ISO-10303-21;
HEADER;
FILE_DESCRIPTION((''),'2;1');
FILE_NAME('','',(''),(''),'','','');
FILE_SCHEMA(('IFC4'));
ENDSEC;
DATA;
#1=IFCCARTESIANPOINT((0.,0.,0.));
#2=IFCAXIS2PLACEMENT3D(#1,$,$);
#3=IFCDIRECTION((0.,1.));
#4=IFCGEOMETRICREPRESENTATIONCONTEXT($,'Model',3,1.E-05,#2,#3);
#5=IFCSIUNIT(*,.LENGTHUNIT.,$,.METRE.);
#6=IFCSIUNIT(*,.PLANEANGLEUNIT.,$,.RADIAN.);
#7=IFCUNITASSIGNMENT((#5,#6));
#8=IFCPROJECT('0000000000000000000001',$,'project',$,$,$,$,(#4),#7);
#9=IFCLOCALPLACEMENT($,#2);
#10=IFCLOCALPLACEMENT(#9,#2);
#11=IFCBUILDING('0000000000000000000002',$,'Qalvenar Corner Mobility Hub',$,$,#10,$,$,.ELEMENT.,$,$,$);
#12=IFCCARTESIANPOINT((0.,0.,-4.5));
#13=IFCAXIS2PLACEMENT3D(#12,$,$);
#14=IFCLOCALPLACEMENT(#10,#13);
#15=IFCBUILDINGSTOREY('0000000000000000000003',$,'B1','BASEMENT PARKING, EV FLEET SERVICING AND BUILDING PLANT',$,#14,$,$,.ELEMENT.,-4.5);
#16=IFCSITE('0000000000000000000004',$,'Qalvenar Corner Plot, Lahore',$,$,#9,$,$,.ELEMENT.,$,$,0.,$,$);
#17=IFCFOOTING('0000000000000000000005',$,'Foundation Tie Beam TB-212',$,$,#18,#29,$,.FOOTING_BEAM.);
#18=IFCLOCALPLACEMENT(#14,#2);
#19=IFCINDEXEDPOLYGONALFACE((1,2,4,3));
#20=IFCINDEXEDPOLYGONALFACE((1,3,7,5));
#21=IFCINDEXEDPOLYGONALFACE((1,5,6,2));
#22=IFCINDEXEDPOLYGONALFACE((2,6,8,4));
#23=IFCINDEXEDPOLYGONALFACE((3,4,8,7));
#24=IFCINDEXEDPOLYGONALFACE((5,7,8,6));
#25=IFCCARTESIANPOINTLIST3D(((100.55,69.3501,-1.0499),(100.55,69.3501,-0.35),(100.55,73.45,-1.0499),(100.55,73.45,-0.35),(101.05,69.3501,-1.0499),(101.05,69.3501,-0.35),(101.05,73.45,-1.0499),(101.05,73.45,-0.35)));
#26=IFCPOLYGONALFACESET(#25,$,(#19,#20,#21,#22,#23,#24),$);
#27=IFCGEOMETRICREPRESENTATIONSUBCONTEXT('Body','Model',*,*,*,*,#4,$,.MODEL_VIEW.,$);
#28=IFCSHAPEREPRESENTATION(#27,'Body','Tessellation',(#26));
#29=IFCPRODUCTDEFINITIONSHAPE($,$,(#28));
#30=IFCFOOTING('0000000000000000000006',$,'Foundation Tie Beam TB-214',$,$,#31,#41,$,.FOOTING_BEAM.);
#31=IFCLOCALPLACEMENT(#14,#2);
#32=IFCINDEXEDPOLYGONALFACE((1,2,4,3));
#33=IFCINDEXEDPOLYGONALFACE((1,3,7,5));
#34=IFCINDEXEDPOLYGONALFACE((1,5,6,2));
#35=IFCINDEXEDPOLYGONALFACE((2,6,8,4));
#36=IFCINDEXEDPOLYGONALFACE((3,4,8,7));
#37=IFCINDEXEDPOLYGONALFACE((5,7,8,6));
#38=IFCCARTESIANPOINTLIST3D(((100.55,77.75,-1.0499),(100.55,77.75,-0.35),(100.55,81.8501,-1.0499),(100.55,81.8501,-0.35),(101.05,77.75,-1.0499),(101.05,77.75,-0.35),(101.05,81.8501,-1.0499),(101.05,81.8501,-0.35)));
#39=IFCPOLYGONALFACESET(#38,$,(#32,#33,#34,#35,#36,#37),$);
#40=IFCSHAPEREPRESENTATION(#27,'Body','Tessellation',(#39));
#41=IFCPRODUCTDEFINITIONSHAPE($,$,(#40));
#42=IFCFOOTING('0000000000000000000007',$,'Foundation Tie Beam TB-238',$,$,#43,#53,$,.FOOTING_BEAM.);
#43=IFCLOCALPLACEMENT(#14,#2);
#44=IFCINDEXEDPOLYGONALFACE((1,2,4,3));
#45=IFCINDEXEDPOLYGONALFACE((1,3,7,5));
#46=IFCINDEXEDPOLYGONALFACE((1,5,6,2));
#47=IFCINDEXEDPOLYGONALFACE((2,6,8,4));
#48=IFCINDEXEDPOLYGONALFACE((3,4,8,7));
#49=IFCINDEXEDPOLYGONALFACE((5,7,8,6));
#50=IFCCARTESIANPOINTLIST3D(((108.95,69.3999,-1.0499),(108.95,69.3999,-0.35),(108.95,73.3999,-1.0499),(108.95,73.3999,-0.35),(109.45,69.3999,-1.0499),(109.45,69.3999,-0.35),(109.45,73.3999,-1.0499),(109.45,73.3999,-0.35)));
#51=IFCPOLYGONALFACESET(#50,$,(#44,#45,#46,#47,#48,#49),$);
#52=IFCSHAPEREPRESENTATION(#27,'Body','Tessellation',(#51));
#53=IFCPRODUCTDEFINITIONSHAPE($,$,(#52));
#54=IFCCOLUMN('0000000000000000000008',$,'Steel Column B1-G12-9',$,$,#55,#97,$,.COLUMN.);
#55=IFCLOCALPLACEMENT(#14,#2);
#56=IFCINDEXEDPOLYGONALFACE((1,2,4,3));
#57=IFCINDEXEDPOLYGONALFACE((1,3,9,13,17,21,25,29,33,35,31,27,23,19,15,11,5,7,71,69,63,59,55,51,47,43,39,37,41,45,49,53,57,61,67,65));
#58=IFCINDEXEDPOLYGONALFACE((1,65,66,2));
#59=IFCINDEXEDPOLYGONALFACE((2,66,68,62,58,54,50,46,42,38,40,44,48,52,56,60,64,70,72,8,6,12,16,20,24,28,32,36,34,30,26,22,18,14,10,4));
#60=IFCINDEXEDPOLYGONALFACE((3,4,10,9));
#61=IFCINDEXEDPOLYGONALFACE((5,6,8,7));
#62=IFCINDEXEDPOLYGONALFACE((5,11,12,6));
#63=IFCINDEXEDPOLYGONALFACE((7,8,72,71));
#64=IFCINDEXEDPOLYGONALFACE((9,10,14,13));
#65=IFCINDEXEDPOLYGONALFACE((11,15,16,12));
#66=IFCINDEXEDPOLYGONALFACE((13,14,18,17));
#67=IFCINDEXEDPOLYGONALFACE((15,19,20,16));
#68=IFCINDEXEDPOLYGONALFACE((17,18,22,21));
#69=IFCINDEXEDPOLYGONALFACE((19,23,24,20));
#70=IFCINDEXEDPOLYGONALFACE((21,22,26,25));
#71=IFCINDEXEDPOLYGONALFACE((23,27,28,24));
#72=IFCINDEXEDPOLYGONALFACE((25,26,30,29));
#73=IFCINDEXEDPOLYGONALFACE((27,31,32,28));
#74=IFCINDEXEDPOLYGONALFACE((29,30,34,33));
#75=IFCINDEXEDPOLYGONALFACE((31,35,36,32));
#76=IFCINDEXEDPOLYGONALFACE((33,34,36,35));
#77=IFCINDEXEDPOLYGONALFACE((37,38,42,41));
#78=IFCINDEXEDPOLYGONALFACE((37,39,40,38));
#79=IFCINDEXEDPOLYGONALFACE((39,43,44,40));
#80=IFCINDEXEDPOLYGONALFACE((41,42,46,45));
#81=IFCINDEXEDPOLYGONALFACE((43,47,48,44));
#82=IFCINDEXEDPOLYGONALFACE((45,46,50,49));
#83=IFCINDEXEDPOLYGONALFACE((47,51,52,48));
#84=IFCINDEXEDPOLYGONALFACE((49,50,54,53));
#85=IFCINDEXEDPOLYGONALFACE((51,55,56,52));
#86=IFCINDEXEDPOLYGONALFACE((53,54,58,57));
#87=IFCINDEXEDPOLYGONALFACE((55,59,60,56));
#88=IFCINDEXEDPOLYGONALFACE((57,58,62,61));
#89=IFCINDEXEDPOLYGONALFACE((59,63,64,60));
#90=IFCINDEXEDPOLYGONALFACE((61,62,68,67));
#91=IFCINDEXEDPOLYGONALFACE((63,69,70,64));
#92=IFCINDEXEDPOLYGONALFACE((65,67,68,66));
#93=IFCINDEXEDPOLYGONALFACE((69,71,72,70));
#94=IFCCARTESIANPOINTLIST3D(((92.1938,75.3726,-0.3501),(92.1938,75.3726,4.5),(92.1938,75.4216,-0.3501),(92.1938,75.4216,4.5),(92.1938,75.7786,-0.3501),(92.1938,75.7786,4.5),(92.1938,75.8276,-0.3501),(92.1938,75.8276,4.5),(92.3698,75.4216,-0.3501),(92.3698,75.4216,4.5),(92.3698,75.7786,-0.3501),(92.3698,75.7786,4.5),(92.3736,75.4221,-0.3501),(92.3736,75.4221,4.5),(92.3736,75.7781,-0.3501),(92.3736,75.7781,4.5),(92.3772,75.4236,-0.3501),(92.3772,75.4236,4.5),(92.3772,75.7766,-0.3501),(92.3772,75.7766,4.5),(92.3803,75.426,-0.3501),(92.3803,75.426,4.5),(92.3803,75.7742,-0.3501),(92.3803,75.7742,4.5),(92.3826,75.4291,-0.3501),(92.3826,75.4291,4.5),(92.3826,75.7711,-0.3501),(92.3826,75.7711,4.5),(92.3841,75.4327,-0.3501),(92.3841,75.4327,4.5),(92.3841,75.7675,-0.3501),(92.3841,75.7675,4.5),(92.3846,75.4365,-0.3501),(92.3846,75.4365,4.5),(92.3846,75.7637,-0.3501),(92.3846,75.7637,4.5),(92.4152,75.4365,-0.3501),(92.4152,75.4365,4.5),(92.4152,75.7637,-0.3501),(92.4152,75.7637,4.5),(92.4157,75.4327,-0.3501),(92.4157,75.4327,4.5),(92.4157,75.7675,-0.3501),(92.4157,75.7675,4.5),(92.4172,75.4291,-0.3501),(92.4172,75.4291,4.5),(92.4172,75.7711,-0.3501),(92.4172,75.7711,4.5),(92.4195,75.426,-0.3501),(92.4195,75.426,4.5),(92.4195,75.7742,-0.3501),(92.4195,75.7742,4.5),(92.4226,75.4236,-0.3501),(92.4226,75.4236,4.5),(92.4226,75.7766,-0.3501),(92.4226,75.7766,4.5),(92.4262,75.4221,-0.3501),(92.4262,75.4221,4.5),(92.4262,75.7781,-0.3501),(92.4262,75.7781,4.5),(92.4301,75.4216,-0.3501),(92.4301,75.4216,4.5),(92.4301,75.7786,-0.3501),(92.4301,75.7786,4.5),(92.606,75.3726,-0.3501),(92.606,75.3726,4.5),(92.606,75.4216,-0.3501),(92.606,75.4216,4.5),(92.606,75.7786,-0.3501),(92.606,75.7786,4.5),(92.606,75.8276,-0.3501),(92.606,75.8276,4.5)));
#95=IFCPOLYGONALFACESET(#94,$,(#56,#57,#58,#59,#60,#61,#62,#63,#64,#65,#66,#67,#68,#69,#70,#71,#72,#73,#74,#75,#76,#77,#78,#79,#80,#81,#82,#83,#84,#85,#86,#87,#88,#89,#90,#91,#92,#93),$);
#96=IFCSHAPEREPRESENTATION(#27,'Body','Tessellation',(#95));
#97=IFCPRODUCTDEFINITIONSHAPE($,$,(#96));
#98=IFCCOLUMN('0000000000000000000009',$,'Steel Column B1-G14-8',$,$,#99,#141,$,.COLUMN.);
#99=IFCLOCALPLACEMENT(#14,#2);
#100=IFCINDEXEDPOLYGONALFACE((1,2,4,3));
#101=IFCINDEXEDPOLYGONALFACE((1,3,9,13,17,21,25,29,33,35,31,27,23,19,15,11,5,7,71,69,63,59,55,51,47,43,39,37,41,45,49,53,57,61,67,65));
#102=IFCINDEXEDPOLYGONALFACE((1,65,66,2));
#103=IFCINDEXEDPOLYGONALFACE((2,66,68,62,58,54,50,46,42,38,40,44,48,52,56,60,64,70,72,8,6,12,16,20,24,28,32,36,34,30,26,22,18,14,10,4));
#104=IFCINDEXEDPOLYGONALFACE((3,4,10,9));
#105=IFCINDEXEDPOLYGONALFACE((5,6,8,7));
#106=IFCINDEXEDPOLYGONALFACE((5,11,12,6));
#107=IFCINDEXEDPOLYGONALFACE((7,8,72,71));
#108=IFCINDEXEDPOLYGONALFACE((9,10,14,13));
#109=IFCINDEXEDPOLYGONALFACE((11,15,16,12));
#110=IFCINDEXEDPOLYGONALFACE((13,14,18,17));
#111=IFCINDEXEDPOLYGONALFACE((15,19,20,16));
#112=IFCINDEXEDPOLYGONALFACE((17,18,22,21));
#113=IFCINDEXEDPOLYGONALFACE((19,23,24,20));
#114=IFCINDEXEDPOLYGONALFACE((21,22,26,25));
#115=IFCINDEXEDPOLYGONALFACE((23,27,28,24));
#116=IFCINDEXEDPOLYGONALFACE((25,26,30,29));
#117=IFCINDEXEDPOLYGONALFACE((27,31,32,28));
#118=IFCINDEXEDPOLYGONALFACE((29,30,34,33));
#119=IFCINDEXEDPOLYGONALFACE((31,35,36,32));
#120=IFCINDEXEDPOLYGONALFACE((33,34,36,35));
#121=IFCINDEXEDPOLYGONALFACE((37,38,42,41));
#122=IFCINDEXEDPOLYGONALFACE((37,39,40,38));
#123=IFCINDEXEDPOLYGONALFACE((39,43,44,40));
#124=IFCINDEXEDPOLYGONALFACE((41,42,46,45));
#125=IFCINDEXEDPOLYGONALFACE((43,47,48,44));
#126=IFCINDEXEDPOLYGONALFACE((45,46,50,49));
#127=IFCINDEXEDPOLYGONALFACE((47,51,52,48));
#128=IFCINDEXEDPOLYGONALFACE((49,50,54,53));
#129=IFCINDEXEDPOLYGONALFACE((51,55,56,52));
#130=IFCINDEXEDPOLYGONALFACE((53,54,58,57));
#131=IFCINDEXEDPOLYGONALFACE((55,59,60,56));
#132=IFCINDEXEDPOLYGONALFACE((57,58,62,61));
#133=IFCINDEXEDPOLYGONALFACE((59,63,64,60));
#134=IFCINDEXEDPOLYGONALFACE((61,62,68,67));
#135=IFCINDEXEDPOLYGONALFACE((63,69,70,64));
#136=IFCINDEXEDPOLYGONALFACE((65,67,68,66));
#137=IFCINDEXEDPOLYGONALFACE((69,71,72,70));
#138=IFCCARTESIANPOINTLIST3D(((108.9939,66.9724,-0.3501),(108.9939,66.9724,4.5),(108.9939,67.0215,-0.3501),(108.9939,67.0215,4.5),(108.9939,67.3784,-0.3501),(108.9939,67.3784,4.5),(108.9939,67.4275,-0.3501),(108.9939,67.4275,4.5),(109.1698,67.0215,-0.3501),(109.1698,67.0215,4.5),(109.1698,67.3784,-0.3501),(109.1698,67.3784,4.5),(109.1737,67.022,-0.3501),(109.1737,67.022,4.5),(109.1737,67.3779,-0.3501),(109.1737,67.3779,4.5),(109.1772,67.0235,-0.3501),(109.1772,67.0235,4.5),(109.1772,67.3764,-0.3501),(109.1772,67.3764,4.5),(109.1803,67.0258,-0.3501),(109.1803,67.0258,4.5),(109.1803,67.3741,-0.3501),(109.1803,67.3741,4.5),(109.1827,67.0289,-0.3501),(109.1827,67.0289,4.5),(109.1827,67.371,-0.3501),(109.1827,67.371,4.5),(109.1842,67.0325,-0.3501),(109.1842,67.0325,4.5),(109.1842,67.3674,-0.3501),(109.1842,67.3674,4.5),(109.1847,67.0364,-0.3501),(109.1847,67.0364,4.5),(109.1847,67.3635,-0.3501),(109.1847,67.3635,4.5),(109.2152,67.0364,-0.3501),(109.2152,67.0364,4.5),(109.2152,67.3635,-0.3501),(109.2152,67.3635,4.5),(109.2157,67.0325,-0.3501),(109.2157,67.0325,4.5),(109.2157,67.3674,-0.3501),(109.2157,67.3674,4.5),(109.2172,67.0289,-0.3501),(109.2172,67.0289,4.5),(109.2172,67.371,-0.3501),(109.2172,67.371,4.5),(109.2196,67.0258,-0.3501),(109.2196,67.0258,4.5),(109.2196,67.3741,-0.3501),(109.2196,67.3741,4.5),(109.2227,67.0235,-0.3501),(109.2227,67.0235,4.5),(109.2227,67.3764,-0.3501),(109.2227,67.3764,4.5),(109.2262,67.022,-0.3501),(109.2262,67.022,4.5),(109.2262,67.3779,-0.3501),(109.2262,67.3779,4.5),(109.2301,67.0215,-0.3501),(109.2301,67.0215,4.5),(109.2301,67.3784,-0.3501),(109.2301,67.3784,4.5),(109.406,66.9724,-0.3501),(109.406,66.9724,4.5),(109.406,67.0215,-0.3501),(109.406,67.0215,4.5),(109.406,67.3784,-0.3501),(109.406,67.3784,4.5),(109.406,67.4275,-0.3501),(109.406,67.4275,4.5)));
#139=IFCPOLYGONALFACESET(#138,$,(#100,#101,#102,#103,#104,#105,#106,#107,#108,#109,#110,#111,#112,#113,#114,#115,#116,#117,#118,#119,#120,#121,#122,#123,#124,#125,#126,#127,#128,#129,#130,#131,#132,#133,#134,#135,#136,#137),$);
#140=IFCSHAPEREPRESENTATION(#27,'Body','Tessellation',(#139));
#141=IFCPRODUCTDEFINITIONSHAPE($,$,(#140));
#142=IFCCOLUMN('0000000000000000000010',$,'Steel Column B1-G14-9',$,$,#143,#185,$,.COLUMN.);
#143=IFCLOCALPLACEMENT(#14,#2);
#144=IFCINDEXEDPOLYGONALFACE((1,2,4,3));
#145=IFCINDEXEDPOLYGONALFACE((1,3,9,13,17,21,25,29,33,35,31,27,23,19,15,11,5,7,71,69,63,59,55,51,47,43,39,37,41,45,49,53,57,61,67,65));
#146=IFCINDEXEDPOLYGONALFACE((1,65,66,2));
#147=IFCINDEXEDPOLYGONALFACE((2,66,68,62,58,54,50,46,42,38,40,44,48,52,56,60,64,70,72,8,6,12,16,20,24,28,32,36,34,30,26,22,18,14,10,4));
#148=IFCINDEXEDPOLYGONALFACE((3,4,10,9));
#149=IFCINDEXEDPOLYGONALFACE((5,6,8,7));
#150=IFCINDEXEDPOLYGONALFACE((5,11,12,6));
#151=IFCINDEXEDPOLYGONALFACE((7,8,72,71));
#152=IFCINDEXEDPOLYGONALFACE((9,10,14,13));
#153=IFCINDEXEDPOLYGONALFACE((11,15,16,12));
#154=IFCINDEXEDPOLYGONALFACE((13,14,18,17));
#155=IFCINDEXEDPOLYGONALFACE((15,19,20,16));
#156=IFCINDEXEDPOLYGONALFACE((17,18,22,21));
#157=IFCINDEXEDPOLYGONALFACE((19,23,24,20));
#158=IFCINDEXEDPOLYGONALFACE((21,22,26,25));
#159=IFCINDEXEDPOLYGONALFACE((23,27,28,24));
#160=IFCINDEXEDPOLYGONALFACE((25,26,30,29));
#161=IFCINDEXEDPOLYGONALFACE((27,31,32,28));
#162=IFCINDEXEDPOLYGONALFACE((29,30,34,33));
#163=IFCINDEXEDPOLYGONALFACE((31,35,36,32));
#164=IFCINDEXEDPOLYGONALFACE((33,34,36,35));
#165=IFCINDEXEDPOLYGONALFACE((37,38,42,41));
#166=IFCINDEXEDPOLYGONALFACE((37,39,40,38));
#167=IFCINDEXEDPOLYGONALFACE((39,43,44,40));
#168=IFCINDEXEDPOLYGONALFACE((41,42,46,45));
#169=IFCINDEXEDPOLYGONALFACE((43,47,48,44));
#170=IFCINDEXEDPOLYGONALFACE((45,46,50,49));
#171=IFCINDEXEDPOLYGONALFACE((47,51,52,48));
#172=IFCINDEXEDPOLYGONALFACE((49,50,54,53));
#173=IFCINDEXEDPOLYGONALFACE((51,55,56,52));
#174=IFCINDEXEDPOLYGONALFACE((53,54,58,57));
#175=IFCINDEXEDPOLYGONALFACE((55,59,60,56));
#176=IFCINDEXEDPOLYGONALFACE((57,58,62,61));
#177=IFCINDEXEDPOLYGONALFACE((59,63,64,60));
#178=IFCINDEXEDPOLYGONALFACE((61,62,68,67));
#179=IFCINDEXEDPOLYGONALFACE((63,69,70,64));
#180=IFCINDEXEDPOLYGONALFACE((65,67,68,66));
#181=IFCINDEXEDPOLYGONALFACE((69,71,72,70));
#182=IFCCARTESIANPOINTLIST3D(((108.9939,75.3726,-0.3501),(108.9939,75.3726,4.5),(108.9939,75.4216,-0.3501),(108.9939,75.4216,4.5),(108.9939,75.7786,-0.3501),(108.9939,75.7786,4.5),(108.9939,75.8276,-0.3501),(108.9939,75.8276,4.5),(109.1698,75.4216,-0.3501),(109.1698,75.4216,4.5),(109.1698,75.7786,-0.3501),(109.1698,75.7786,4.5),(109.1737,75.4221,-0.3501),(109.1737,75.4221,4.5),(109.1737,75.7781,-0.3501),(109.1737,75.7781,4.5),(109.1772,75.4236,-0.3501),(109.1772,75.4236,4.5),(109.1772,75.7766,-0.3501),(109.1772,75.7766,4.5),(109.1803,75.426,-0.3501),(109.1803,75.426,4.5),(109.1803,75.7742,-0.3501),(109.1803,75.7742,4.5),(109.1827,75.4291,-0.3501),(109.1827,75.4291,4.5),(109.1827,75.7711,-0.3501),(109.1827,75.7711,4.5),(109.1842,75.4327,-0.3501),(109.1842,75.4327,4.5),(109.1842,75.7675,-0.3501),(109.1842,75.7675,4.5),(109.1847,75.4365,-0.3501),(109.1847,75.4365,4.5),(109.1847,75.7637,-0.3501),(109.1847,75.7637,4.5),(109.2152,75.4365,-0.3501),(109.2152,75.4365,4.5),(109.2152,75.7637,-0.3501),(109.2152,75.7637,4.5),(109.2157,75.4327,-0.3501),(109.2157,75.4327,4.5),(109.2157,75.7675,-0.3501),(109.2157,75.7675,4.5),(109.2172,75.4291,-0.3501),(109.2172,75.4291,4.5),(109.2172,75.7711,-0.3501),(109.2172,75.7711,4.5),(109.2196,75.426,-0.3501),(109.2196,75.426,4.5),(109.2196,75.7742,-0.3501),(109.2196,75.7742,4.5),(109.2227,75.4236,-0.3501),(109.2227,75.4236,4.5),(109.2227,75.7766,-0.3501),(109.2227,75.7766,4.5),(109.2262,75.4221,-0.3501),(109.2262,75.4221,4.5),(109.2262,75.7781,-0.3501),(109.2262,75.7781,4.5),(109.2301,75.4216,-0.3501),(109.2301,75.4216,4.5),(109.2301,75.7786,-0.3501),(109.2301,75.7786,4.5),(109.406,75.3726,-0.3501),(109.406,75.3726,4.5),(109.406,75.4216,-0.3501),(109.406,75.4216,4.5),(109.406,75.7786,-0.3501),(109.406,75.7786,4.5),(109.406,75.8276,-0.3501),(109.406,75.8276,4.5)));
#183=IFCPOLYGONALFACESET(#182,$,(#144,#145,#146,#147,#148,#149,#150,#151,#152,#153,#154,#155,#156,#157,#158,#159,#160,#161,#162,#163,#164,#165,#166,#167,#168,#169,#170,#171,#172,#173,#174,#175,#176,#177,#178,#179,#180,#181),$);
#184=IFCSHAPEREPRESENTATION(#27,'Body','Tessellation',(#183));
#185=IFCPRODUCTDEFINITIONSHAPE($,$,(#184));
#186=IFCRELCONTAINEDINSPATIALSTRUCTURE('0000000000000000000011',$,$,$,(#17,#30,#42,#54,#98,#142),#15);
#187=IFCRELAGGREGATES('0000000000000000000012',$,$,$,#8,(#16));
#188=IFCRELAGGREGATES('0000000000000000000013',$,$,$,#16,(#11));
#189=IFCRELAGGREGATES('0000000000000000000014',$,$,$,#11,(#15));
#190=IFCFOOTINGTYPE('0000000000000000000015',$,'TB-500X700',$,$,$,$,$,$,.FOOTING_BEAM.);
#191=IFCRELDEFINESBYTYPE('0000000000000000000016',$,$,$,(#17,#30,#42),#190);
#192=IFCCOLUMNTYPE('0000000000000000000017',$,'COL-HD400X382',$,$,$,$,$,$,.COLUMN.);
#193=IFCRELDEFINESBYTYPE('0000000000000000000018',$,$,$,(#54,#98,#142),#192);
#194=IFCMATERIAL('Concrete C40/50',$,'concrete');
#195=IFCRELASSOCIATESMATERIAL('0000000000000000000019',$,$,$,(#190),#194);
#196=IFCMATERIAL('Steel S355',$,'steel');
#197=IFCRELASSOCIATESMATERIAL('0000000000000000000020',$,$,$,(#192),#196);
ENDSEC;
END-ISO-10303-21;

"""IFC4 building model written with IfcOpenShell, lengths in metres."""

from ifc_helpers import new_model, si_unit, direction, frame, origin, origin_2d, place, context, subcontext, project, spatial, rectangle, i_section, extrude, material, material_profile, profile_set, type_object, element, save


model = new_model("IFC4")

# Units and contexts
model_context = context("Model", 3, precision=1e-05, world=origin(), true_north=direction((0.0, 1.0)))
body_context = subcontext(model_context, "Body", "Model", "MODEL_VIEW")
ifc_project = project(units=[si_unit("LENGTHUNIT", "METRE"), si_unit("PLANEANGLEUNIT", "RADIAN")], contexts=[model_context])

# Site, building, storey
site_placement = place(None, origin())
site = spatial("IfcSite", under=ifc_project, at=site_placement, Name="Qalvenar Corner Plot, Lahore", CompositionType="ELEMENT", RefElevation=0.0)
building_placement = place(site_placement, origin())
building = spatial("IfcBuilding", under=site, at=building_placement, Name="Qalvenar Corner Mobility Hub", CompositionType="ELEMENT")
storey_placement = place(building_placement, frame((0.0, 0.0, -4.5)))
storey = spatial("IfcBuildingStorey", under=building, at=storey_placement, Name="B1", Description="BASEMENT PARKING, EV FLEET SERVICING AND BUILDING PLANT", CompositionType="ELEMENT", Elevation=-4.5)

# Shared definitions
ifc_material_1 = material(Name="Concrete C40/50", Category="concrete")

# Footings
ifc_material_profile_1 = material_profile(ifc_material_1, rectangle(XDim=0.5, YDim=0.7, at=origin_2d()), Name="RC500x700")
ifc_profile_set_1 = profile_set([ifc_material_profile_1], Name="Concrete C40/50")
footing_type_1 = type_object("IfcFootingType", Name="TB-500X700", PredefinedType="FOOTING_BEAM", material=ifc_profile_set_1)
footing_1_placement = place(storey_placement, frame((100.8, 69.3501, -0.7), z_axis=(0.0, 1.0, 0.0), x_axis=(-1.0, 0.0, 0.0)))
element("IfcFooting", 1, at=footing_1_placement, inside=storey, type_object=footing_type_1, Name="Foundation Tie Beam TB-212", PredefinedType="FOOTING_BEAM", context=body_context, shape_type="SweptSolid", body=[
    extrude(rectangle(XDim=0.5, YDim=0.7, at=origin_2d()), origin(), (0.0, 0.0, 1.0), 4.0999),
])
footing_2_placement = place(storey_placement, frame((100.8, 77.75, -0.7), z_axis=(0.0, 1.0, 0.0), x_axis=(-1.0, 0.0, 0.0)))
element("IfcFooting", 2, at=footing_2_placement, inside=storey, type_object=footing_type_1, Name="Foundation Tie Beam TB-214", PredefinedType="FOOTING_BEAM", context=body_context, shape_type="SweptSolid", body=[
    extrude(rectangle(XDim=0.5, YDim=0.7, at=origin_2d()), origin(), (0.0, 0.0, 1.0), 4.1001),
])
footing_3_placement = place(storey_placement, frame((109.2, 69.3999, -0.7), z_axis=(0.0, 1.0, 0.0), x_axis=(-1.0, 0.0, 0.0)))
element("IfcFooting", 3, at=footing_3_placement, inside=storey, type_object=footing_type_1, Name="Foundation Tie Beam TB-238", PredefinedType="FOOTING_BEAM", context=body_context, shape_type="SweptSolid", body=[
    extrude(rectangle(XDim=0.5, YDim=0.7, at=origin_2d()), origin(), (0.0, 0.0, 1.0), 4.0),
])

# Columns
ifc_material_2 = material(Name="Steel S355", Category="steel")
ifc_material_profile_2 = material_profile(ifc_material_2, i_section(OverallWidth=0.4121, OverallDepth=0.4551, WebThickness=0.0305, FlangeThickness=0.0491, FilletRadius=0.0149, at=origin_2d()), Name="HD400x421")
ifc_profile_set_2 = profile_set([ifc_material_profile_2], Name="Steel S355")
column_type_1 = type_object("IfcColumnType", Name="COL-HD400X382", PredefinedType="COLUMN", material=ifc_profile_set_2)
for number, where, z_axis, x_axis, name in (
    (4, (92.3999, 75.6001, -0.3501), (0.0, 0.0, 1.0), (1.0, 0.0, 0.0), "Steel Column B1-G12-9"),
    (5, (109.2, 67.2, -0.3501), (0.0, 0.0, 1.0), (1.0, 0.0, 0.0), "Steel Column B1-G14-8"),
    (6, (109.2, 75.6001, -0.3501), (0.0, 0.0, 1.0), (1.0, 0.0, 0.0), "Steel Column B1-G14-9"),
):
    element("IfcColumn", number, at=place(storey_placement, frame(where, z_axis=z_axis, x_axis=x_axis)), inside=storey, type_object=column_type_1, Name=name, PredefinedType="COLUMN", context=body_context, shape_type="SweptSolid", body=[
        extrude(i_section(OverallWidth=0.4121, OverallDepth=0.4551, WebThickness=0.0305, FlangeThickness=0.0491, FilletRadius=0.0149, at=origin_2d()), origin(), (0.0, 0.0, 1.0), 4.8501),
    ])

save(model, "model.ifc")
